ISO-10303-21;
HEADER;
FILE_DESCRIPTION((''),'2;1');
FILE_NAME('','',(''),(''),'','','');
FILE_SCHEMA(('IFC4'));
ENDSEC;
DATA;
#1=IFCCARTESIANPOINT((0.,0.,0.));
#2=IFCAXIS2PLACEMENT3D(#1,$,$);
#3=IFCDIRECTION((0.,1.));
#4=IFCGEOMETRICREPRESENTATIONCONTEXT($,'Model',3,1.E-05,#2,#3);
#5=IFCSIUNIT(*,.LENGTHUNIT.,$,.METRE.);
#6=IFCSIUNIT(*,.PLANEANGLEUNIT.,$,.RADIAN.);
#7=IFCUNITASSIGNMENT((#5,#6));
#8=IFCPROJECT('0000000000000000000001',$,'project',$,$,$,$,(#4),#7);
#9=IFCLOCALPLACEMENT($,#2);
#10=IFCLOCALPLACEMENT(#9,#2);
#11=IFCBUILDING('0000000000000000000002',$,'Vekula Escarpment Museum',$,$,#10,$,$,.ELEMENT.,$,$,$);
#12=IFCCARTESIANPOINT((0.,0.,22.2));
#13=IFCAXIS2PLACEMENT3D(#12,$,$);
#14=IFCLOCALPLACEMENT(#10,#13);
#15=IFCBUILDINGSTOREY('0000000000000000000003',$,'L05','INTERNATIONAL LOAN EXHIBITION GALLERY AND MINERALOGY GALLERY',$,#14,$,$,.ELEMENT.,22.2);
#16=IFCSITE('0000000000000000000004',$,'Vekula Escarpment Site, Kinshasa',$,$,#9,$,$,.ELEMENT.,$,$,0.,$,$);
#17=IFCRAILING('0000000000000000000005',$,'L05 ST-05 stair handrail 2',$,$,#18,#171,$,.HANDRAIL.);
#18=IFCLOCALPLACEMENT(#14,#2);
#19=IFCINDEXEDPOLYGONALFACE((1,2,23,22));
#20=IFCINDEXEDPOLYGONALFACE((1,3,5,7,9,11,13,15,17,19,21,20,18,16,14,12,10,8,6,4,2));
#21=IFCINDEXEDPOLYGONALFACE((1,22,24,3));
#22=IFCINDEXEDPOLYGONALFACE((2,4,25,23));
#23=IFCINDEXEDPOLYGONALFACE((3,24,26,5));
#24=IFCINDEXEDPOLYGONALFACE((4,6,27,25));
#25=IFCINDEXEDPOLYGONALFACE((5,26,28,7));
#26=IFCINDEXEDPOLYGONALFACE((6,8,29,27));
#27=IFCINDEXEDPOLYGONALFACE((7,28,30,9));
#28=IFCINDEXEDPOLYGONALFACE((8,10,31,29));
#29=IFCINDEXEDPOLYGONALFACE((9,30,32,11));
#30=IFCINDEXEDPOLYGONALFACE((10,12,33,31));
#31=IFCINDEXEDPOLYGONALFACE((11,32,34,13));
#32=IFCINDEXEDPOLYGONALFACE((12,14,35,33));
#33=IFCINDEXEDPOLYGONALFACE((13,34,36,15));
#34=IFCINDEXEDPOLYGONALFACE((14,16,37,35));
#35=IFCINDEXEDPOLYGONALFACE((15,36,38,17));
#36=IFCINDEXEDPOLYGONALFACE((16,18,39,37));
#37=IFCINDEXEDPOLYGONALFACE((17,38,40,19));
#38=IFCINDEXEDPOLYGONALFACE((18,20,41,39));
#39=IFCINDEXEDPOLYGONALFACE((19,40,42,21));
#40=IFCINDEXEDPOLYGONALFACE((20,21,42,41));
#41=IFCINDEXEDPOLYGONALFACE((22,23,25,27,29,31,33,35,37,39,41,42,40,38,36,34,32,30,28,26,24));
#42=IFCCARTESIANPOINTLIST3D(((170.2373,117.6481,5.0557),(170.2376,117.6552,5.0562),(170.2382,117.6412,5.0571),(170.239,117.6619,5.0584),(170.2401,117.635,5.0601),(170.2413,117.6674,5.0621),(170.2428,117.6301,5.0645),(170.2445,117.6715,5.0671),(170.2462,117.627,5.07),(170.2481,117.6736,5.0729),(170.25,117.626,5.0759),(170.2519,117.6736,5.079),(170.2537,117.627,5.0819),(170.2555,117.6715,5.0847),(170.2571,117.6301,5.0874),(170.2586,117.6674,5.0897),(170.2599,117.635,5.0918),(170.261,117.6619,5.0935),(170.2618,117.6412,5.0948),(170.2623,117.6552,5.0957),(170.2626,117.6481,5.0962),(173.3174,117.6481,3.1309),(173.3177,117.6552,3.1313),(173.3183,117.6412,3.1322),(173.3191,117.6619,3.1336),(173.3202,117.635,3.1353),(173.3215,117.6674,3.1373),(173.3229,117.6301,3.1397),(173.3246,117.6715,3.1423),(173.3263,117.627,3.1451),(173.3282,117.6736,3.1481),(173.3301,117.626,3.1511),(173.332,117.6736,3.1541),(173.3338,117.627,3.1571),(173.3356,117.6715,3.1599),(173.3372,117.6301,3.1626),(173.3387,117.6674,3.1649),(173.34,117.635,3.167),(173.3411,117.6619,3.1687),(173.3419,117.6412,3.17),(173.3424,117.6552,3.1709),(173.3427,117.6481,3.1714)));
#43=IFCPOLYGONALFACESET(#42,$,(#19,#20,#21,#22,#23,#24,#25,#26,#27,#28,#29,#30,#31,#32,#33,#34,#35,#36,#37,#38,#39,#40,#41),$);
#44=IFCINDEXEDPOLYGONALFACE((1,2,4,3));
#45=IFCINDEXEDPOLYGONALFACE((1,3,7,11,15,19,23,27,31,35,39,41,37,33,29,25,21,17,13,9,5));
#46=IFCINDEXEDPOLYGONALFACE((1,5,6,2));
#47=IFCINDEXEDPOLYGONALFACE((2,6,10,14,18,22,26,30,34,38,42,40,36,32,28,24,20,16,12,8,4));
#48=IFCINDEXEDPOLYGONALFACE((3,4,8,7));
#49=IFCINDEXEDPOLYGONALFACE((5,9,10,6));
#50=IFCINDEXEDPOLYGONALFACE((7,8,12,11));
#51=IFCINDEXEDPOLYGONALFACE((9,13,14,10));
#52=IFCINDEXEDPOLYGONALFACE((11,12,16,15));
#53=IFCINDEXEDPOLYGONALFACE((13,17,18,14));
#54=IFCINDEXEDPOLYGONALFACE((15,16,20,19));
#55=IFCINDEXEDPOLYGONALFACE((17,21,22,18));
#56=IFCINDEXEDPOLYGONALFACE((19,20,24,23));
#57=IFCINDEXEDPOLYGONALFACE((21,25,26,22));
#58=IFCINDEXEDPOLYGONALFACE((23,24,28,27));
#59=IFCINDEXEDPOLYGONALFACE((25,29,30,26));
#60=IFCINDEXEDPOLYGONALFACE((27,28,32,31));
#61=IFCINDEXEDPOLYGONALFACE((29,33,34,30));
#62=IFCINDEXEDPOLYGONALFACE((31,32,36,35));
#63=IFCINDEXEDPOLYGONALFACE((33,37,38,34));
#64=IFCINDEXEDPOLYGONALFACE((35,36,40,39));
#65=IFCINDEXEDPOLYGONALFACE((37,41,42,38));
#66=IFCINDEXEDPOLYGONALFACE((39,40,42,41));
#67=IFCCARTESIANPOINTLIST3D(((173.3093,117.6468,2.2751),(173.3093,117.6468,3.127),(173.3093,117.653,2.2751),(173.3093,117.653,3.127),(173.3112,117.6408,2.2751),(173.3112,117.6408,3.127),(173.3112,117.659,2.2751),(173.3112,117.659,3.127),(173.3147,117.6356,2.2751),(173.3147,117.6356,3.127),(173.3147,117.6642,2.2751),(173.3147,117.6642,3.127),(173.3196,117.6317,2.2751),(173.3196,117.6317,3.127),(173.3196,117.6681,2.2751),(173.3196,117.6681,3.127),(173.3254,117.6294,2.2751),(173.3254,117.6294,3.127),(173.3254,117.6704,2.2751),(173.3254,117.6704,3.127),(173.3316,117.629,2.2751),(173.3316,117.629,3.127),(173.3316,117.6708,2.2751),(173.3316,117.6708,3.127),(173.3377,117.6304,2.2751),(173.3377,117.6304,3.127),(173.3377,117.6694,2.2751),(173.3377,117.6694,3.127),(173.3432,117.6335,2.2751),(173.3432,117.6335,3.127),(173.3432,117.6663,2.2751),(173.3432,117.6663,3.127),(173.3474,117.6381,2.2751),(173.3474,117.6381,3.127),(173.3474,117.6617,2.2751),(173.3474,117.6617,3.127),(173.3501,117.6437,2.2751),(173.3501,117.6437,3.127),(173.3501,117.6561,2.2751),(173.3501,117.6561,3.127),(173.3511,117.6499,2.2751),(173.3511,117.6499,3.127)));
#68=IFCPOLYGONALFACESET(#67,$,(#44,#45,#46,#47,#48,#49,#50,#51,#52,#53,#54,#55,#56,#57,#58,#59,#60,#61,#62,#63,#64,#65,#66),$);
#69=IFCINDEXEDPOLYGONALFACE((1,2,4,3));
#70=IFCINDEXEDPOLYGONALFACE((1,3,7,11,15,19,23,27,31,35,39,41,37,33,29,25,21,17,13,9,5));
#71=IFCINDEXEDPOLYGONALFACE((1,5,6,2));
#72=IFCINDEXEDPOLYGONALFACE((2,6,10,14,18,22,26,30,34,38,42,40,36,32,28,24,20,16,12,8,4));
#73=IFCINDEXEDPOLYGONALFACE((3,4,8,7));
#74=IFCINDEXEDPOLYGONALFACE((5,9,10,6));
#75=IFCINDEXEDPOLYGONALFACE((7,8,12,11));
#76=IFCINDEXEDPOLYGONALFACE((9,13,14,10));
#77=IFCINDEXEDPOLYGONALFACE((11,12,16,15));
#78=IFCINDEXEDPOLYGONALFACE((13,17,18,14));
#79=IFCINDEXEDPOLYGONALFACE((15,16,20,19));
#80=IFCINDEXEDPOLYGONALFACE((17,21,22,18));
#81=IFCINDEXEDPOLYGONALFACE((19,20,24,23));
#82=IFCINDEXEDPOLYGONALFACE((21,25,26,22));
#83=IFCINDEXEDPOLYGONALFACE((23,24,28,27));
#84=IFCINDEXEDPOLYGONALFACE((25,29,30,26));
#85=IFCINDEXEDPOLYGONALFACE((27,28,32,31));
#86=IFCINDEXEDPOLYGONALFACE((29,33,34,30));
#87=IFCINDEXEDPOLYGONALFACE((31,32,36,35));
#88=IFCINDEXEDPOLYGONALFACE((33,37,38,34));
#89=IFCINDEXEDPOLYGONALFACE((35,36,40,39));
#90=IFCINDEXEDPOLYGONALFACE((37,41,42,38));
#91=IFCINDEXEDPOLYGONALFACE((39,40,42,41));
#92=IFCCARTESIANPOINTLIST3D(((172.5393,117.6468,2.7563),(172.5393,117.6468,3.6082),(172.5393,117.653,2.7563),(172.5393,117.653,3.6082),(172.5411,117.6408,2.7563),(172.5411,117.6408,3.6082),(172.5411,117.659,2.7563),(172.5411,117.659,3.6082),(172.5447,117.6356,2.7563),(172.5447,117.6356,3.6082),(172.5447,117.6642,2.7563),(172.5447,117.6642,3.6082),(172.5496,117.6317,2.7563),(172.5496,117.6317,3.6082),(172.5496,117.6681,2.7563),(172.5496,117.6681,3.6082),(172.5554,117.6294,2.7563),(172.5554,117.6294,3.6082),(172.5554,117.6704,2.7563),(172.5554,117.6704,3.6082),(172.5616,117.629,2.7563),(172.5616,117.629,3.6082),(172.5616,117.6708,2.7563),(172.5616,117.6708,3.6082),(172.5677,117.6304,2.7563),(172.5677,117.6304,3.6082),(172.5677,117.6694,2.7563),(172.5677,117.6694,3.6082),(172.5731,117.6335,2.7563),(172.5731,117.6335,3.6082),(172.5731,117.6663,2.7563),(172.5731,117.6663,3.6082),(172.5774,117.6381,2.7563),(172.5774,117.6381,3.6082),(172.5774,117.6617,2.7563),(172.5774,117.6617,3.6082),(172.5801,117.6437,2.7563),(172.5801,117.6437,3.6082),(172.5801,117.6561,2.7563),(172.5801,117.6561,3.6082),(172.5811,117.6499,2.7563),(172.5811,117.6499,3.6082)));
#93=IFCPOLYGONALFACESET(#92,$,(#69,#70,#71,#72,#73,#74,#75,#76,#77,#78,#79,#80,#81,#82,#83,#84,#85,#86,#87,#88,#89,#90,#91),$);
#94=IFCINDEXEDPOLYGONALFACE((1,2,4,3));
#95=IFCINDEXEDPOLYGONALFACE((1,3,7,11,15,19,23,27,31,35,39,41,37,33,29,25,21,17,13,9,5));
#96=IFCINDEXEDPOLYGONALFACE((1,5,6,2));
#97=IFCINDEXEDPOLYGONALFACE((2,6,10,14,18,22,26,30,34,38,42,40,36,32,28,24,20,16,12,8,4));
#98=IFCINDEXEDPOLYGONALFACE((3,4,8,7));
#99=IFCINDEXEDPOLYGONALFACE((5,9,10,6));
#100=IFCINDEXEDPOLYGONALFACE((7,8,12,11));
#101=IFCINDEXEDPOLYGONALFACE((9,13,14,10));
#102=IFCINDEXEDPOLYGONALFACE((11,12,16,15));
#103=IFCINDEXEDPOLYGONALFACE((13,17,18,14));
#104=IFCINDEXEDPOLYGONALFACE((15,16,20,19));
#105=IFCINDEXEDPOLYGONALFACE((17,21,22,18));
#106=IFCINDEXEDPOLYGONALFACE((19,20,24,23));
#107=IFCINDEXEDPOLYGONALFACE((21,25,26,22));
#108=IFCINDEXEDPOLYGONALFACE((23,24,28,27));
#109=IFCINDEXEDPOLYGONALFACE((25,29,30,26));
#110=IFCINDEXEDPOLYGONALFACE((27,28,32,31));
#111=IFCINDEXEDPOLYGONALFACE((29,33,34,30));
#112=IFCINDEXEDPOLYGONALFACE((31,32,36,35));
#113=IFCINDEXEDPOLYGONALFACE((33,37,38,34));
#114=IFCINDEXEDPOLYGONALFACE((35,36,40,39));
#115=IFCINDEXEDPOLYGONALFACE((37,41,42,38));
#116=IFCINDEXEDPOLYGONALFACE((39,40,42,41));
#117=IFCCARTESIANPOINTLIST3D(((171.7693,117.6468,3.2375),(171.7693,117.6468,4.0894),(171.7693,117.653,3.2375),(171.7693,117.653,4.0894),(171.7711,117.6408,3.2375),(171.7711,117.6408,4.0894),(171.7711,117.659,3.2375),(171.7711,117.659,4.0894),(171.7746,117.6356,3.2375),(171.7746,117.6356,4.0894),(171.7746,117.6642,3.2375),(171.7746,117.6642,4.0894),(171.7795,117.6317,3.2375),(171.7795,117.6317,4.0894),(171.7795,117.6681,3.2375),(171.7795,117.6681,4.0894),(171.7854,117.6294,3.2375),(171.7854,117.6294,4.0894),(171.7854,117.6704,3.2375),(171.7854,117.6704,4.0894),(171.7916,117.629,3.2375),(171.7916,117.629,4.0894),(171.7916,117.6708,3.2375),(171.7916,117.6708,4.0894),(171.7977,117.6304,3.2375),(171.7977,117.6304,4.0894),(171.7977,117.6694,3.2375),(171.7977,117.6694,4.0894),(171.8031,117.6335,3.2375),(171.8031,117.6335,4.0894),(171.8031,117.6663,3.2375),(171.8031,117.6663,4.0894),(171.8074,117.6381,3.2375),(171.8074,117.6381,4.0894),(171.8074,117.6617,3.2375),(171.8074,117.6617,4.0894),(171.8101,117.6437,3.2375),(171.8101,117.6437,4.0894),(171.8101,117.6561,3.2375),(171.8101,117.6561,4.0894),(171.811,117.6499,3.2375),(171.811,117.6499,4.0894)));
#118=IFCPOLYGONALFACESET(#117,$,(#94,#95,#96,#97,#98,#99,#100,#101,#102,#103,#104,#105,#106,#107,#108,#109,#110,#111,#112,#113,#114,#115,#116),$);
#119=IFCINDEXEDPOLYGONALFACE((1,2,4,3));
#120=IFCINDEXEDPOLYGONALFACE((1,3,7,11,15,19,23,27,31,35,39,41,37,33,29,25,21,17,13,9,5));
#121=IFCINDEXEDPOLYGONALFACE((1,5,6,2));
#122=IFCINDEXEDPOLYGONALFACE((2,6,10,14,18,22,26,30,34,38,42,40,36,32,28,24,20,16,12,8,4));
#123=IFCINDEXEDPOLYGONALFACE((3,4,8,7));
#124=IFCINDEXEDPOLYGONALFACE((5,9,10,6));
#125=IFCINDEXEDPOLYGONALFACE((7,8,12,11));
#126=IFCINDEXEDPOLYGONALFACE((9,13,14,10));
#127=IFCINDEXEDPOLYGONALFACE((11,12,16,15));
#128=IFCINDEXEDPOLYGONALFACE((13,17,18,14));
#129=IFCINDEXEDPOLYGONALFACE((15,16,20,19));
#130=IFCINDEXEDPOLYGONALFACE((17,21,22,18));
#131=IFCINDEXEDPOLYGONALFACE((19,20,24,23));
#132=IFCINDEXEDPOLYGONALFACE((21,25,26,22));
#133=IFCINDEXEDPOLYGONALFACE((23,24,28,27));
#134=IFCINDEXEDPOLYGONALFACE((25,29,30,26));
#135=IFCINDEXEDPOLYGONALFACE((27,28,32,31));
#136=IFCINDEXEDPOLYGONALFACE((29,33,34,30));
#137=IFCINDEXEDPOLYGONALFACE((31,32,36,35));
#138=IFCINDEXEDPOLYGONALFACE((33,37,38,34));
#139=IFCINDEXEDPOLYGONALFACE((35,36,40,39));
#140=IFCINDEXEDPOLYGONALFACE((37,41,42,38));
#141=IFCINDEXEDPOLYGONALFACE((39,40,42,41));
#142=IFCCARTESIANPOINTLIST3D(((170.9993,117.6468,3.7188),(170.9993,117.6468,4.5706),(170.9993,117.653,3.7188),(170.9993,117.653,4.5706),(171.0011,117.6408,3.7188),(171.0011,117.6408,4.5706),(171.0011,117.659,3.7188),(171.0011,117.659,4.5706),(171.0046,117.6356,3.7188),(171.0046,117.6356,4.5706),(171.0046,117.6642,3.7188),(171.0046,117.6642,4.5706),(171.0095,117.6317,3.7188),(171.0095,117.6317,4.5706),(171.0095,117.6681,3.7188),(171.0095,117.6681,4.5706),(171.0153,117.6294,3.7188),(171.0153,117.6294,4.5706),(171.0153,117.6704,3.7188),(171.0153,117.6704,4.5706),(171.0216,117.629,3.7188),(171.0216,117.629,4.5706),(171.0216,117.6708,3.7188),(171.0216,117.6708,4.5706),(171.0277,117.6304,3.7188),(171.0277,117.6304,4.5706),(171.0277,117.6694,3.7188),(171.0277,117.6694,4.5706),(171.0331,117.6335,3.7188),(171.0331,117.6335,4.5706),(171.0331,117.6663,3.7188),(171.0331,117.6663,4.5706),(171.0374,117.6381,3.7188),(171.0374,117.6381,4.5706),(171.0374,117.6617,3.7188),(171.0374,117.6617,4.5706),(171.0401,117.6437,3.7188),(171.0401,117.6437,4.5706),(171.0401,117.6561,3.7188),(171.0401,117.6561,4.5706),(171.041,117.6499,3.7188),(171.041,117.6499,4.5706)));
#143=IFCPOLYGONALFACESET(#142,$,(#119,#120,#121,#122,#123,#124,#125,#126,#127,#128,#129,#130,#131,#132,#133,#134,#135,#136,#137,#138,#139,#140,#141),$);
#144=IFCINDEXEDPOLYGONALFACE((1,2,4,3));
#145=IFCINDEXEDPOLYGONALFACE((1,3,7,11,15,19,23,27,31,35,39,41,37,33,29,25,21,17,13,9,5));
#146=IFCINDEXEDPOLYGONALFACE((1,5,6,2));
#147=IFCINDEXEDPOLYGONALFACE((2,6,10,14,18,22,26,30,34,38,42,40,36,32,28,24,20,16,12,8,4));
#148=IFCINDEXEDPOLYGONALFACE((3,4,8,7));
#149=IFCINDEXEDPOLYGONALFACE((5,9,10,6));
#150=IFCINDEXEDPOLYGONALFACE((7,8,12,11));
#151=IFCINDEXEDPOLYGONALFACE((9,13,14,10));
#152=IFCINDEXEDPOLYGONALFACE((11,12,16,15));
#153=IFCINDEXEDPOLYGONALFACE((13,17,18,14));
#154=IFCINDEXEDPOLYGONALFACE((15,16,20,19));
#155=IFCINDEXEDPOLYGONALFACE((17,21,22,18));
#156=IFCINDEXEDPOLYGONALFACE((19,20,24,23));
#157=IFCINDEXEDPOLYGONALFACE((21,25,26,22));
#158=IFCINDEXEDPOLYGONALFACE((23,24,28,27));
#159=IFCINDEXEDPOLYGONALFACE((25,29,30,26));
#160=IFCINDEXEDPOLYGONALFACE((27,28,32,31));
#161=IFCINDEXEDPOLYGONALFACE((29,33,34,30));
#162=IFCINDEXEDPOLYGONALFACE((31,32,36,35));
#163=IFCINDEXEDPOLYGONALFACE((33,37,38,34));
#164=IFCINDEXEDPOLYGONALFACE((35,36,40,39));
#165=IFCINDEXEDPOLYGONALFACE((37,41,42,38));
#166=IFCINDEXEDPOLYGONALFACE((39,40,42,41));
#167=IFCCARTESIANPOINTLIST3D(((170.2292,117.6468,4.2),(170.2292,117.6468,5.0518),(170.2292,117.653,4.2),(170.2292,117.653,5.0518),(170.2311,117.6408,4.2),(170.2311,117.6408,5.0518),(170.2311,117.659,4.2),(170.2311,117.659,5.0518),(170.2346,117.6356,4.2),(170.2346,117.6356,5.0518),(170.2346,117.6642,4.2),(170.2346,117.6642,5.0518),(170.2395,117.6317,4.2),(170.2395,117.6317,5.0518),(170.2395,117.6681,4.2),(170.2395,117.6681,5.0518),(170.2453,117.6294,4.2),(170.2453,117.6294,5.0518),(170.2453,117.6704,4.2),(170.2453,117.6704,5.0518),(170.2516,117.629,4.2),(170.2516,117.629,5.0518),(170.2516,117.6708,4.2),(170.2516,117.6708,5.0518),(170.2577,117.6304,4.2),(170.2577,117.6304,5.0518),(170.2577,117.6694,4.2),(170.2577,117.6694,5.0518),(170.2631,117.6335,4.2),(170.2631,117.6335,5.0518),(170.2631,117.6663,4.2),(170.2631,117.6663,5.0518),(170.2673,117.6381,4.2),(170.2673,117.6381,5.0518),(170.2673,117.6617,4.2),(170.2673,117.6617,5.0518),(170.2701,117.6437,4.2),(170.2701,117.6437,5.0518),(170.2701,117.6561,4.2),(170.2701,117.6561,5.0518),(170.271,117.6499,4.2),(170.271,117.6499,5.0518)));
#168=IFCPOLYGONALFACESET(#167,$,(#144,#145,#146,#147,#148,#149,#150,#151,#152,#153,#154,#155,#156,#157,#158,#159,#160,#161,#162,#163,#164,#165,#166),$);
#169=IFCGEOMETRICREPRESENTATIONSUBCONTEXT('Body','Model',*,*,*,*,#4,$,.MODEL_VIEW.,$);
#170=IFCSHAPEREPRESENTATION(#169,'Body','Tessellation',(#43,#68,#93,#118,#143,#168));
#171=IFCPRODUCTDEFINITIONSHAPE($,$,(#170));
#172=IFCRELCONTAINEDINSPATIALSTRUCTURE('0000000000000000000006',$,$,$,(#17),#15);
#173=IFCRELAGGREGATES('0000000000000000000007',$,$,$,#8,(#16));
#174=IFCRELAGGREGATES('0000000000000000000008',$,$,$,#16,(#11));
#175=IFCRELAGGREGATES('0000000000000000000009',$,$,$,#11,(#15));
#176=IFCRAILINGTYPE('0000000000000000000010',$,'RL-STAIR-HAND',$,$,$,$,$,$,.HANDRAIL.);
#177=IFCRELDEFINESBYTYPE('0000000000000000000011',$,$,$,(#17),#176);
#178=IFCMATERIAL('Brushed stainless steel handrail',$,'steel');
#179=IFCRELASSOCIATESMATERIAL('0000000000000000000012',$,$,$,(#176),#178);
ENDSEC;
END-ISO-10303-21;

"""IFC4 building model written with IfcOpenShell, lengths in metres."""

from ifc_helpers import new_model, si_unit, direction, frame, origin, origin_2d, place, context, subcontext, project, spatial, circle, extrude, material, type_object, element, save


model = new_model("IFC4")

# Units and contexts
model_context = context("Model", 3, precision=1e-05, world=origin(), true_north=direction((0.0, 1.0)))
body_context = subcontext(model_context, "Body", "Model", "MODEL_VIEW")
ifc_project = project(units=[si_unit("LENGTHUNIT", "METRE"), si_unit("PLANEANGLEUNIT", "RADIAN")], contexts=[model_context])

# Site, building, storey
site_placement = place(None, origin())
site = spatial("IfcSite", under=ifc_project, at=site_placement, Name="Vekula Escarpment Site, Kinshasa", CompositionType="ELEMENT", RefElevation=0.0)
building_placement = place(site_placement, origin())
building = spatial("IfcBuilding", under=site, at=building_placement, Name="Vekula Escarpment Museum", CompositionType="ELEMENT")
storey_placement = place(building_placement, frame((0.0, 0.0, 22.2)))
storey = spatial("IfcBuildingStorey", under=building, at=storey_placement, Name="L05", Description="INTERNATIONAL LOAN EXHIBITION GALLERY AND MINERALOGY GALLERY", CompositionType="ELEMENT", Elevation=22.2)

# Railing
ifc_material_1 = material(Name="Brushed stainless steel handrail", Category="steel")
railing_type_1 = type_object("IfcRailingType", Name="RL-STAIR-HAND", PredefinedType="HANDRAIL", material=ifc_material_1)
railing_1_placement = place(storey_placement, frame((173.3301, 117.6499, 2.2751)))
element("IfcRailing", 1, at=railing_1_placement, inside=storey, type_object=railing_type_1, Name="L05 ST-05 stair handrail 2", PredefinedType="HANDRAIL", context=body_context, shape_type="SweptSolid", body=[
    extrude(circle(Radius=0.0239, at=origin_2d()), frame((0.0, 0.0, 0.876), z_axis=(-0.848029, 0.0, 0.529951), x_axis=(0.0, -1.0, 0.0)), (0.0, 0.0, 1.0), 3.6321),
    extrude(circle(Radius=0.021, at=origin_2d()), origin(), (0.0, 0.0, 1.0), 0.8518),
    extrude(circle(Radius=0.021, at=origin_2d()), frame((-0.77, 0.0, 0.4812)), (0.0, 0.0, 1.0), 0.8518),
    extrude(circle(Radius=0.021, at=origin_2d()), frame((-1.54, 0.0, 0.9624)), (0.0, 0.0, 1.0), 0.8518),
    extrude(circle(Radius=0.021, at=origin_2d()), frame((-2.3101, 0.0, 1.4436)), (0.0, 0.0, 1.0), 0.8518),
    extrude(circle(Radius=0.021, at=origin_2d()), frame((-3.0801, 0.0, 1.9248)), (0.0, 0.0, 1.0), 0.8518),
])

save(model, "model.ifc")
